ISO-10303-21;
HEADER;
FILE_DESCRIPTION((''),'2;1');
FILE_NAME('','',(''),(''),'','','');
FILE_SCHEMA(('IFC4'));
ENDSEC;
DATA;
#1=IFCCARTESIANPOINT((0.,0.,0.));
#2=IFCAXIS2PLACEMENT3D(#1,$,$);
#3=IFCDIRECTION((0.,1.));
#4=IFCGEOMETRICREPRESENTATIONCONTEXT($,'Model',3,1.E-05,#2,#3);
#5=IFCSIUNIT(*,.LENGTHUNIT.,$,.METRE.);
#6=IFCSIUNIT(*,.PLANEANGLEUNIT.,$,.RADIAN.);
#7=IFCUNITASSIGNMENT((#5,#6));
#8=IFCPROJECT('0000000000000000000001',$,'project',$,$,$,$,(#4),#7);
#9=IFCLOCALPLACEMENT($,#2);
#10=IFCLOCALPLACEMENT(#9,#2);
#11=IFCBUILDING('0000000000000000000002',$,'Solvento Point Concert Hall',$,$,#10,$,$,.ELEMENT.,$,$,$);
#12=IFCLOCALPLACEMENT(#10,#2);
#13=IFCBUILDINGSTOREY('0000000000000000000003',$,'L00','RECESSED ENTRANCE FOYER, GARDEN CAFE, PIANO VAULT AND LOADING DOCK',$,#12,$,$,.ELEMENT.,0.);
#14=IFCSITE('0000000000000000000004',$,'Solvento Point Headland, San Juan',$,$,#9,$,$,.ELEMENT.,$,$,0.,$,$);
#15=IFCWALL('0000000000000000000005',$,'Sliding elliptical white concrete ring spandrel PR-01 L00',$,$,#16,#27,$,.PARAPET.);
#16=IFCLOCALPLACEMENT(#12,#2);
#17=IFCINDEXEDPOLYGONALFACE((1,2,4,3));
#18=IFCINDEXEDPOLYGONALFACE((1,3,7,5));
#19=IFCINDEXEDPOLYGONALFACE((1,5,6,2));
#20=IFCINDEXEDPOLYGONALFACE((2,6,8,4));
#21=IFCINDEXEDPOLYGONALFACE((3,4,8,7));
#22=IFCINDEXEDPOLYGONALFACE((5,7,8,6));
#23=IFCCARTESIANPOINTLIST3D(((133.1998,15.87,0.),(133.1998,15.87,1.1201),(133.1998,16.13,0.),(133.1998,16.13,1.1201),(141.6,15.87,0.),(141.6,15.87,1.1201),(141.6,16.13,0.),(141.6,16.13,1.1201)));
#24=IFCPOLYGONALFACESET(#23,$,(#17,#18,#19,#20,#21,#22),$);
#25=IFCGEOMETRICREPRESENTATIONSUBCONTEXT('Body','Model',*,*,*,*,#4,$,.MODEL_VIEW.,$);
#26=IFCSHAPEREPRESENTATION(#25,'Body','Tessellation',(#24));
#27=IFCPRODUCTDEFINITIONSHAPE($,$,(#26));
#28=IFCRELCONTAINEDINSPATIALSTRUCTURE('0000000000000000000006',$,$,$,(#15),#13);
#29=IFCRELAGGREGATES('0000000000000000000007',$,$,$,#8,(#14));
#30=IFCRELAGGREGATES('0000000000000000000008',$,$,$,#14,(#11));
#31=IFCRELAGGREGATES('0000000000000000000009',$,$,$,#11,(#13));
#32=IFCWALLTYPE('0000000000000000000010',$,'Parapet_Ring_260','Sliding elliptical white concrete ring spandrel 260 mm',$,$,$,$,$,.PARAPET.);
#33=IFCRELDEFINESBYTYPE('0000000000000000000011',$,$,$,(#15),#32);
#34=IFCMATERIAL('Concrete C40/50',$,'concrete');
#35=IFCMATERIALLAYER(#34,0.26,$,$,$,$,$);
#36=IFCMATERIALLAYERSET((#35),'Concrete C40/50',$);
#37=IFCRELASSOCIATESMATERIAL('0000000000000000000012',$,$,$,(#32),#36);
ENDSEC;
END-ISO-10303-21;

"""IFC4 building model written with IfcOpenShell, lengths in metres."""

from ifc_helpers import new_model, si_unit, direction, frame, frame_2d, origin, place, context, subcontext, project, spatial, rectangle, extrude, material, layer, layer_set, type_object, element, save


model = new_model("IFC4")

# Units and contexts
model_context = context("Model", 3, precision=1e-05, world=origin(), true_north=direction((0.0, 1.0)))
body_context = subcontext(model_context, "Body", "Model", "MODEL_VIEW")
ifc_project = project(units=[si_unit("LENGTHUNIT", "METRE"), si_unit("PLANEANGLEUNIT", "RADIAN")], contexts=[model_context])

# Site, building, storey
site_placement = place(None, origin())
site = spatial("IfcSite", under=ifc_project, at=site_placement, Name="Solvento Point Headland, San Juan", CompositionType="ELEMENT", RefElevation=0.0)
building_placement = place(site_placement, origin())
building = spatial("IfcBuilding", under=site, at=building_placement, Name="Solvento Point Concert Hall", CompositionType="ELEMENT")
storey_placement = place(building_placement, origin())
storey = spatial("IfcBuildingStorey", under=building, at=storey_placement, Name="L00", Description="RECESSED ENTRANCE FOYER, GARDEN CAFE, PIANO VAULT AND LOADING DOCK", CompositionType="ELEMENT", Elevation=0.0)

# Wall
ifc_material_1 = material(Name="Concrete C40/50", Category="concrete")
ifc_layer = layer(ifc_material_1, 0.26)
ifc_layer_set = layer_set([ifc_layer], Name="Concrete C40/50")
wall_type = type_object("IfcWallType", Name="Parapet_Ring_260", Description="Sliding elliptical white concrete ring spandrel 260 mm", PredefinedType="PARAPET", material=ifc_layer_set)
wall_1_placement = place(storey_placement, frame((141.6001, 16.0, 0.0), z_axis=(0.0, 0.0, 1.0), x_axis=(-1.0, 0.0, 0.0)))
element("IfcWall", 1, at=wall_1_placement, inside=storey, type_object=wall_type, Name="Sliding elliptical white concrete ring spandrel PR-01 L00", PredefinedType="PARAPET", context=body_context, shape_type="SweptSolid", body=[
    extrude(rectangle(XDim=8.4001, YDim=0.26, at=frame_2d((4.2002, 0.0))), origin(), (0.0, 0.0, 1.0), 1.1201),
])

save(model, "model.ifc")
